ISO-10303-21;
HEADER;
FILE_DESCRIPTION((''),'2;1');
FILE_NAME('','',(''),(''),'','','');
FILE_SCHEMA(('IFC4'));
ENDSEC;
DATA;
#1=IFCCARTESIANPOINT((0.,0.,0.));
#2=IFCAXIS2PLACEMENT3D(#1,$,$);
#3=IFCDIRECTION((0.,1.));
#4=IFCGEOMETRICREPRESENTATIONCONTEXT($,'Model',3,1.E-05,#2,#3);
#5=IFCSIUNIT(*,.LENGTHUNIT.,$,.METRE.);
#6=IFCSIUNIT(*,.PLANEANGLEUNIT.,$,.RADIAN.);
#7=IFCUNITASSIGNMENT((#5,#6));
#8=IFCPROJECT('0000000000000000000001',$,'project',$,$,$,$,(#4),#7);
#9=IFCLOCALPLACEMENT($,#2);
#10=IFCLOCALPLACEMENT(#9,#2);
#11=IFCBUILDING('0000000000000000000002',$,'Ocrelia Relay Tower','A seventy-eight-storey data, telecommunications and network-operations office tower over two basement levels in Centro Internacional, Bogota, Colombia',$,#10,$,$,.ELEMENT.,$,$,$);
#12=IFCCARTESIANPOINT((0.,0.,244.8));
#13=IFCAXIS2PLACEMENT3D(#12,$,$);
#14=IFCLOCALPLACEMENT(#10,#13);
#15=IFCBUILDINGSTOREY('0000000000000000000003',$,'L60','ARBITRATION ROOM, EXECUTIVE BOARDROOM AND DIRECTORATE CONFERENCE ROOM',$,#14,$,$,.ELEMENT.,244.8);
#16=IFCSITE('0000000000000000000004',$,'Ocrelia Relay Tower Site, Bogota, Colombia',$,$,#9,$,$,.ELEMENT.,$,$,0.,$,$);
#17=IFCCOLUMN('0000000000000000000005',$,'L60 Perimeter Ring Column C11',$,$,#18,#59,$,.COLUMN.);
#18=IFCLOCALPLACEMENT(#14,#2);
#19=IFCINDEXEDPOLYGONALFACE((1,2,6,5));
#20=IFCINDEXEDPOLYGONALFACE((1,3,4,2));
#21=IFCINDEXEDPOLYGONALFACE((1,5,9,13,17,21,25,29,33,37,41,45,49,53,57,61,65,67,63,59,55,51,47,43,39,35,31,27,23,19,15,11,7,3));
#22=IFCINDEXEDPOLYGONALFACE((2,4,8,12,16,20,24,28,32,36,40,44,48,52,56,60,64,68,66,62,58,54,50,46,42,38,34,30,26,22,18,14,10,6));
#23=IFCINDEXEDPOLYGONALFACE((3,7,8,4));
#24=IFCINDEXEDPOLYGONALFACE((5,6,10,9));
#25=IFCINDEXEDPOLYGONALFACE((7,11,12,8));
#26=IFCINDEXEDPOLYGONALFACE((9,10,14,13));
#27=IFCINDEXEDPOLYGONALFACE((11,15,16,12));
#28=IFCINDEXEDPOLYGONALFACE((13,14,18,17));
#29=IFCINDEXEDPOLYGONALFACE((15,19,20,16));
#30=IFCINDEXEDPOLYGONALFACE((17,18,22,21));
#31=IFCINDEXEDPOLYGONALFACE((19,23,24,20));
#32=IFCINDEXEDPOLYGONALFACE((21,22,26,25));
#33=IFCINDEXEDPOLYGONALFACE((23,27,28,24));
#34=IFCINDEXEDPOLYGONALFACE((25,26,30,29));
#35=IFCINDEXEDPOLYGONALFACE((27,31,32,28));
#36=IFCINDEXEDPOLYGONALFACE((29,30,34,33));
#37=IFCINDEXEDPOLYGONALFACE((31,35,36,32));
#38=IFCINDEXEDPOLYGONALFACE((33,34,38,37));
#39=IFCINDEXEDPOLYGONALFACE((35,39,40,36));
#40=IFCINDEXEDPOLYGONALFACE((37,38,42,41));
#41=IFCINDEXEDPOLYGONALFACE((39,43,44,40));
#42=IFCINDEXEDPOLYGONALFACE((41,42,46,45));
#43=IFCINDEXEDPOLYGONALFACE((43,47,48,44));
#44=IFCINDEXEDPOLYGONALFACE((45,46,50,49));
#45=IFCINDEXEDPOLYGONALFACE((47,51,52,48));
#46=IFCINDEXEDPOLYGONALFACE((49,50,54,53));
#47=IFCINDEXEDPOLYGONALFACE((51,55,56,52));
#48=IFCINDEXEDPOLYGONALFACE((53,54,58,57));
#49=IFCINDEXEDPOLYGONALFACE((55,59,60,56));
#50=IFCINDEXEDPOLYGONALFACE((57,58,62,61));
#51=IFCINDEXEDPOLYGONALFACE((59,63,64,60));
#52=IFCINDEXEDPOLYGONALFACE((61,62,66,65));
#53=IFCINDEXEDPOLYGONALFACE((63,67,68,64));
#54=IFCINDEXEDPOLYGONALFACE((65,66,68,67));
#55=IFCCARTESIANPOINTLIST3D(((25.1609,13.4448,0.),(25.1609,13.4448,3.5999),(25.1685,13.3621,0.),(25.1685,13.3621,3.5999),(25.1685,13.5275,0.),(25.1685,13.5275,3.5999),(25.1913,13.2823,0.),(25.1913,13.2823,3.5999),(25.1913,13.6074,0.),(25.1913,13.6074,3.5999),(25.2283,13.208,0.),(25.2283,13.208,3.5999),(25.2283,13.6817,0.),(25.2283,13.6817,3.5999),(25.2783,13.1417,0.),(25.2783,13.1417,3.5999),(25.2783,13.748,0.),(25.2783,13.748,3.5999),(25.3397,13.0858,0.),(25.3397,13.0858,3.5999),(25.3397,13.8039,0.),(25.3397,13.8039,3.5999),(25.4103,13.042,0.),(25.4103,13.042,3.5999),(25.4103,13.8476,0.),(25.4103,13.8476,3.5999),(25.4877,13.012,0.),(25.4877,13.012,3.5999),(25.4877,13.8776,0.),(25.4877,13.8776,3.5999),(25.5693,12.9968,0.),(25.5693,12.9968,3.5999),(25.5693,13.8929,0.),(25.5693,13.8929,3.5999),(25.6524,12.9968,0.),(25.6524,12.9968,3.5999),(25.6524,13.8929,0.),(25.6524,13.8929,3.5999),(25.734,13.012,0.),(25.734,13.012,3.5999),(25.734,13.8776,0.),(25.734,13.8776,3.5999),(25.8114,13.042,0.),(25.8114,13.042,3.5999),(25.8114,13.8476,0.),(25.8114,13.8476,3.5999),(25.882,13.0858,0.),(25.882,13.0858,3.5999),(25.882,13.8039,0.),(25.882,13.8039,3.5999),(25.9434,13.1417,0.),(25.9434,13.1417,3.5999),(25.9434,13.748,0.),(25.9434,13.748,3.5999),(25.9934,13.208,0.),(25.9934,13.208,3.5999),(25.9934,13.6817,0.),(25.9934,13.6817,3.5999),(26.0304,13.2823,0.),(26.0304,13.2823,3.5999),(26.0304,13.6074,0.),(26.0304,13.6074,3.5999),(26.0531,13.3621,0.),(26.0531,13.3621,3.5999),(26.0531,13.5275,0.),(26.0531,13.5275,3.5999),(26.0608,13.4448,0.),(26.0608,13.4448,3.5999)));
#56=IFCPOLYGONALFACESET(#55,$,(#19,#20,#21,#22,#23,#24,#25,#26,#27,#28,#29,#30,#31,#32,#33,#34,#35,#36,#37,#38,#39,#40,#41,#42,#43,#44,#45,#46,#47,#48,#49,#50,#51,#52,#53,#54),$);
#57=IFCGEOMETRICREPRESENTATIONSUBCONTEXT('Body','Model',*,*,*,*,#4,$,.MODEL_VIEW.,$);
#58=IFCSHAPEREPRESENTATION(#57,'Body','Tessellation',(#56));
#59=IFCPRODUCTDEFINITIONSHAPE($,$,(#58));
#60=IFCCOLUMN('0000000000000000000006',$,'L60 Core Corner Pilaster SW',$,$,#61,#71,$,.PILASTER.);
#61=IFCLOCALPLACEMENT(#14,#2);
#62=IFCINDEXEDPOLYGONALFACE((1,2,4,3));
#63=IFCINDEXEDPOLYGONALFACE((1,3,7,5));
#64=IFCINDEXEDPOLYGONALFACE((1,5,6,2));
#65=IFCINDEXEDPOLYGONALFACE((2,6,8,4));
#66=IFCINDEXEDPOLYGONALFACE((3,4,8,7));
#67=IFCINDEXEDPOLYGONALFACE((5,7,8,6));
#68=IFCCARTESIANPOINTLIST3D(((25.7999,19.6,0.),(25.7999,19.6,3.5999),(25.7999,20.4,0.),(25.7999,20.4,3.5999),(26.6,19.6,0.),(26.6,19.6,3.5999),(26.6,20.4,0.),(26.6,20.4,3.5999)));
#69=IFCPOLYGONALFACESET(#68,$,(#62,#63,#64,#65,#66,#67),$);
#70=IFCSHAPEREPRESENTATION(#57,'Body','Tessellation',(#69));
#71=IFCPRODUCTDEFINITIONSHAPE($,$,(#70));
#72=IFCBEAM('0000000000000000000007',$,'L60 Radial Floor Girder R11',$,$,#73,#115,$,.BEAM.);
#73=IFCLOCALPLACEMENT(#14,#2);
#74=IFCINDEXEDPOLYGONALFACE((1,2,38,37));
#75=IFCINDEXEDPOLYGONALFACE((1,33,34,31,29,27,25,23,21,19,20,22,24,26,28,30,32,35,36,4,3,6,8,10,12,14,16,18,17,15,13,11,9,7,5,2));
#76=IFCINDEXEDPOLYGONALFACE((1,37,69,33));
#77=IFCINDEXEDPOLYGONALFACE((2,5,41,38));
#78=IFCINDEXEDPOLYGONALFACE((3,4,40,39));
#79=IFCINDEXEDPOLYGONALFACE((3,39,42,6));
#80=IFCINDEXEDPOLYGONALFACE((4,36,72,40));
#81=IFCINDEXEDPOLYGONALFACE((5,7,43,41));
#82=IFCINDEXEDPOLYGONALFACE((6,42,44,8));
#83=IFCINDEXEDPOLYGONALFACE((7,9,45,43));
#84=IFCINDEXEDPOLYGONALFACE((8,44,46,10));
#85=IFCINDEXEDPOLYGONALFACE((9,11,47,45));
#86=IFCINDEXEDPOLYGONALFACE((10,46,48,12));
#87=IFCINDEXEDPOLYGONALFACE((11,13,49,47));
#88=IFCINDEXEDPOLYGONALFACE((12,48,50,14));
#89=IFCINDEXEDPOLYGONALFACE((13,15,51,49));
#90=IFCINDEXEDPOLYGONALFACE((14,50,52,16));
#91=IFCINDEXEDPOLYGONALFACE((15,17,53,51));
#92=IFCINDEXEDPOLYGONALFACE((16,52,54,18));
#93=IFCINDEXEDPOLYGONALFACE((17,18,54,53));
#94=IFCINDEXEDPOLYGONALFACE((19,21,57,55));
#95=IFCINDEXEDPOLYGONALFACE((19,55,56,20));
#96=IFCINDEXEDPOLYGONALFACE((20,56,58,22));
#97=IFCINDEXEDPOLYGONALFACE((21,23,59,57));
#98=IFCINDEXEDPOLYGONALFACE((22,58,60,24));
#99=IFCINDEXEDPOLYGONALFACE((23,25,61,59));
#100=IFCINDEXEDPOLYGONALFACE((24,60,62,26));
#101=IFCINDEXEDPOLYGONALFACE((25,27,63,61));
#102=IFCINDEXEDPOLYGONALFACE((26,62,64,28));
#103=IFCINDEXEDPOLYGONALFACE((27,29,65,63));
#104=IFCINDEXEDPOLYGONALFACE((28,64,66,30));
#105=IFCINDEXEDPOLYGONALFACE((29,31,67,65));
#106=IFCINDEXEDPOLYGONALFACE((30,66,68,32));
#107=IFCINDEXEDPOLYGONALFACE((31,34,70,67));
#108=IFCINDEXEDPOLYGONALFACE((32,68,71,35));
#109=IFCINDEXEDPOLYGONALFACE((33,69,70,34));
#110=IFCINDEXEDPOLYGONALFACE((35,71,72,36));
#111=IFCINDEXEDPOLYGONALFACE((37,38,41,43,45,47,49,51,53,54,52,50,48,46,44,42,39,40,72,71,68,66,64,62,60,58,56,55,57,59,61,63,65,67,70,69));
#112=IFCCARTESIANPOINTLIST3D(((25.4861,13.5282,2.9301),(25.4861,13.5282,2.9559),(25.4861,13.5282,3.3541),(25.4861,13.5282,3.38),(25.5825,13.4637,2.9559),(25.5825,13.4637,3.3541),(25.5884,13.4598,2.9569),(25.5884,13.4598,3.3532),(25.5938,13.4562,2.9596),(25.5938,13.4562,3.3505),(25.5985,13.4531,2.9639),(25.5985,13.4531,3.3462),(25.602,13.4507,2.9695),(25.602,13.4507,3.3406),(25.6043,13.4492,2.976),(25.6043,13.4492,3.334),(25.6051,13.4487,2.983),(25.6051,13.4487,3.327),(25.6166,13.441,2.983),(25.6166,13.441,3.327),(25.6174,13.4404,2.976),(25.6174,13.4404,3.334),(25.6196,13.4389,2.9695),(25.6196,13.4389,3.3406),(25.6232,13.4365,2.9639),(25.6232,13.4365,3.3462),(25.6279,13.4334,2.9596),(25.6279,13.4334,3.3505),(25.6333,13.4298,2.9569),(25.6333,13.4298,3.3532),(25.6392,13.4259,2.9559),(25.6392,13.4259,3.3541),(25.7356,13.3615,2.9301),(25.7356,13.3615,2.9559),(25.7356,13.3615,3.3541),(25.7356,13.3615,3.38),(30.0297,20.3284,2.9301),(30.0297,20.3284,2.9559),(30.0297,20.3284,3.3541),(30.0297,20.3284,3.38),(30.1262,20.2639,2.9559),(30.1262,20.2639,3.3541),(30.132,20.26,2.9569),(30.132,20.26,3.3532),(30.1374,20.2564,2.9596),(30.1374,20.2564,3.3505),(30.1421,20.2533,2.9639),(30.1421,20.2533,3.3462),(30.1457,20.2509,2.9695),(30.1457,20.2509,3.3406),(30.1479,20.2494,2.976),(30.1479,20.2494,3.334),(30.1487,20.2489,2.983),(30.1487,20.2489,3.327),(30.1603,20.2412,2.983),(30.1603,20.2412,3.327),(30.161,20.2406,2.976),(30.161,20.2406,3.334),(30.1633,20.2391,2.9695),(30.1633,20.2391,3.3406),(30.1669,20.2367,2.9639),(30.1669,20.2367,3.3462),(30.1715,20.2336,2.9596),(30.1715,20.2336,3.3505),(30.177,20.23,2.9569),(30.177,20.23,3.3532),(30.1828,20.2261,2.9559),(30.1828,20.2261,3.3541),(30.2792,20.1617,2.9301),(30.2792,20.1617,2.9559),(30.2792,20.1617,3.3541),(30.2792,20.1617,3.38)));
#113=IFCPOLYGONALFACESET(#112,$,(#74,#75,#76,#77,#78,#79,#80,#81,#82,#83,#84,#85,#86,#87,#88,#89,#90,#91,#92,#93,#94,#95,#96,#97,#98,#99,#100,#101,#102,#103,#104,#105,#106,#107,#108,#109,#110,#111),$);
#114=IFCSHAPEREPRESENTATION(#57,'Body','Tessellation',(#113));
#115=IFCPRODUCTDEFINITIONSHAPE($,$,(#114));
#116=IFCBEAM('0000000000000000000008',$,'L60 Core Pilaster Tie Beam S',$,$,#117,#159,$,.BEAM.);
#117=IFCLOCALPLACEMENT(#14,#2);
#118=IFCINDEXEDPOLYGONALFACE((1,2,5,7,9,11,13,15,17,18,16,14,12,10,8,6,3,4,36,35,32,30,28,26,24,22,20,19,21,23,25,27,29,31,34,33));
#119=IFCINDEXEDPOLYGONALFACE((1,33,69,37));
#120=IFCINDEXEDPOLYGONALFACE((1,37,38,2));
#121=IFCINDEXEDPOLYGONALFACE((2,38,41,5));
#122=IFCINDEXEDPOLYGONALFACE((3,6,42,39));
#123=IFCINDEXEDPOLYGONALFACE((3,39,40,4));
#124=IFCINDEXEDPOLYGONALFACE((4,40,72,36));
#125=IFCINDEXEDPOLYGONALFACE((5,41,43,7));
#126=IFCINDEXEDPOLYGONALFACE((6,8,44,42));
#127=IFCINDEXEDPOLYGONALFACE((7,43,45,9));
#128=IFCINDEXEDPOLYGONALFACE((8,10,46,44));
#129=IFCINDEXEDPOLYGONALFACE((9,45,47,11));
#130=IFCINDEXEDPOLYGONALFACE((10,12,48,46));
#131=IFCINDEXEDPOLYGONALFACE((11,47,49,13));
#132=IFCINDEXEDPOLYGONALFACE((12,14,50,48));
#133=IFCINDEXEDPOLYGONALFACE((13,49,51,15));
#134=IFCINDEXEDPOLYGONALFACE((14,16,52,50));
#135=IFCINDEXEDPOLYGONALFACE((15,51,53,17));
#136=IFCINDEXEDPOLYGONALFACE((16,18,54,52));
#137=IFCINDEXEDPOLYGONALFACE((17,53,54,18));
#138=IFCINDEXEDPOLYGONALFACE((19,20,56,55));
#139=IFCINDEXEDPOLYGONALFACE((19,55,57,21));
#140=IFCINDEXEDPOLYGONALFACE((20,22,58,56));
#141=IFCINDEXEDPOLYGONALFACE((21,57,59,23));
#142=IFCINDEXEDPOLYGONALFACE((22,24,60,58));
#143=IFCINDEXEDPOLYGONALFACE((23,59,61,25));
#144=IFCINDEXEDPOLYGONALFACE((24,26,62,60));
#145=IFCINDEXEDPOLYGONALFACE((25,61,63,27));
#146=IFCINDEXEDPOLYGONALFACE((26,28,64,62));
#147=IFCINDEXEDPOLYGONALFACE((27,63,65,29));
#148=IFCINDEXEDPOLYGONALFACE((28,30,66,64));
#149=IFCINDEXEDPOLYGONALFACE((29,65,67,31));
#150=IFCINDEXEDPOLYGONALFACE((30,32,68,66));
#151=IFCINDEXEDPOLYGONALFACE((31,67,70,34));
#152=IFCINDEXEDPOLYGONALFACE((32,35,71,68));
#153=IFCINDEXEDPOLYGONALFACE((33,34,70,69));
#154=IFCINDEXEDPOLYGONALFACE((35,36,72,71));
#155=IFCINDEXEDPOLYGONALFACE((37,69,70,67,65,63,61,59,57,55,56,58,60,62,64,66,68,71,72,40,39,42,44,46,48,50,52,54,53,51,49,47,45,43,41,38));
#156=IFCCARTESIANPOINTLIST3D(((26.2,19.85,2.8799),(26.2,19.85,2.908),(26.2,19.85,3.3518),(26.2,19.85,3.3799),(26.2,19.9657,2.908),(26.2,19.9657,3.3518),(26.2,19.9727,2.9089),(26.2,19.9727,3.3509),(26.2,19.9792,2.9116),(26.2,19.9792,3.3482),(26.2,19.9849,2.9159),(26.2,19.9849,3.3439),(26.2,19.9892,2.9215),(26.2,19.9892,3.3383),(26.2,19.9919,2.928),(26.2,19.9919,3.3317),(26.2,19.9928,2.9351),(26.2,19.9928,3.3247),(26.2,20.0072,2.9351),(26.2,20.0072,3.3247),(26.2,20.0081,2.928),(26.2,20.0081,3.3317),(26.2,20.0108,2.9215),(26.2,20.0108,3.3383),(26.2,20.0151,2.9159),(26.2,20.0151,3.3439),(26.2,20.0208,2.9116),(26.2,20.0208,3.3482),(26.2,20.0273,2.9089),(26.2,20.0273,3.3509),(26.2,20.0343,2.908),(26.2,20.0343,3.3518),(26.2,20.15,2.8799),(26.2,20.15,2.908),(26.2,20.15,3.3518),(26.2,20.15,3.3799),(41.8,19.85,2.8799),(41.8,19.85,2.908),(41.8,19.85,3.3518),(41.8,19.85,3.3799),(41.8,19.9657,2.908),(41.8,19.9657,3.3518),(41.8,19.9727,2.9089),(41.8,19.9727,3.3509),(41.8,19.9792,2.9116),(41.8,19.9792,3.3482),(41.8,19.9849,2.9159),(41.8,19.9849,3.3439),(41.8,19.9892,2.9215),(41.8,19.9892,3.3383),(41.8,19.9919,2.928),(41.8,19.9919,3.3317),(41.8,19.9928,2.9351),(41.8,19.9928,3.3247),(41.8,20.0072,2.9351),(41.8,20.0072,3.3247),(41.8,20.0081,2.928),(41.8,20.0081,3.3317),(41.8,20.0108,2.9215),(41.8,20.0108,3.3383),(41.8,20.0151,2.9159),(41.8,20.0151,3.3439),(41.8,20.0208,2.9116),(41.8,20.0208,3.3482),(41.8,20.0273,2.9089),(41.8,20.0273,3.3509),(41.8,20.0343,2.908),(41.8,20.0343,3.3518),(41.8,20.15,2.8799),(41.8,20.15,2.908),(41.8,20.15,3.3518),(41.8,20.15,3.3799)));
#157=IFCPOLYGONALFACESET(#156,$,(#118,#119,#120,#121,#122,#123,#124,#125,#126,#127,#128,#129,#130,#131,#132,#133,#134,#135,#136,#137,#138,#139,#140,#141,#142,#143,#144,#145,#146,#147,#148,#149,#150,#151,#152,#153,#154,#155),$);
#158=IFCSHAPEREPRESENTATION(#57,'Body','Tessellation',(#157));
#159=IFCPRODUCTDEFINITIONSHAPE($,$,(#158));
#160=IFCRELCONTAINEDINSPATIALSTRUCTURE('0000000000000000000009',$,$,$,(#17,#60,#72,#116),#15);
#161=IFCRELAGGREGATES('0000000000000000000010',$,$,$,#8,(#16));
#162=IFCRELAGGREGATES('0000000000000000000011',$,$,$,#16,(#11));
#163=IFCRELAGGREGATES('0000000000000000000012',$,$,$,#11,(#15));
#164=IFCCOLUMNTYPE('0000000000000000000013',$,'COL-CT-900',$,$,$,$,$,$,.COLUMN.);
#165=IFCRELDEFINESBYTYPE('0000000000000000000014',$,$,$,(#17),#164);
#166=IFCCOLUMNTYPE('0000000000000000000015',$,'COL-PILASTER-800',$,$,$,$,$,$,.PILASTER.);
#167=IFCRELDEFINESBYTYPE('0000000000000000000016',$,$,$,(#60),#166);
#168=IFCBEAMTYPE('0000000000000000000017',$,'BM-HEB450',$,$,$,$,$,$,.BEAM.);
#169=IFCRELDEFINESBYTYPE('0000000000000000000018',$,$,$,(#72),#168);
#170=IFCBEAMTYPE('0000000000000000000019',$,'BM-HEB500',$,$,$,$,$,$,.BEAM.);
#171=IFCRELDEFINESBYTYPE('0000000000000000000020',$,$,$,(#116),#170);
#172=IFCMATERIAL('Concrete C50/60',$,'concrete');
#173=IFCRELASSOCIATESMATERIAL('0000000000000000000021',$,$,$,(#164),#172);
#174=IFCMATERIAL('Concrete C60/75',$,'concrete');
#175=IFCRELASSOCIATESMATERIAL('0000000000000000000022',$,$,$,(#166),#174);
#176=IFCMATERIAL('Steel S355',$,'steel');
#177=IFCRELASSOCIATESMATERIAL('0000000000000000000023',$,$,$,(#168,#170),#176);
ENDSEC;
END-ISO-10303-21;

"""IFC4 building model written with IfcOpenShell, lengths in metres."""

from ifc_helpers import new_model, si_unit, direction, frame, origin, origin_2d, place, context, subcontext, project, spatial, rectangle, circle, i_section, extrude, material, material_profile, profile_set, type_object, element, save


model = new_model("IFC4")

# Units and contexts
model_context = context("Model", 3, precision=1e-05, world=origin(), true_north=direction((0.0, 1.0)))
body_context = subcontext(model_context, "Body", "Model", "MODEL_VIEW")
ifc_project = project(units=[si_unit("LENGTHUNIT", "METRE"), si_unit("PLANEANGLEUNIT", "RADIAN")], contexts=[model_context])

# Site, building, storey
site_placement = place(None, origin())
site = spatial("IfcSite", under=ifc_project, at=site_placement, Name="Ocrelia Relay Tower Site, Bogota, Colombia", CompositionType="ELEMENT", RefElevation=0.0)
building_placement = place(site_placement, origin())
building = spatial("IfcBuilding", under=site, at=building_placement, Name="Ocrelia Relay Tower", Description="A seventy-eight-storey data, telecommunications and network-operations office tower over two basement levels in Centro Internacional, Bogota, Colombia", CompositionType="ELEMENT")
storey_placement = place(building_placement, frame((0.0, 0.0, 244.8)))
storey = spatial("IfcBuildingStorey", under=building, at=storey_placement, Name="L60", Description="ARBITRATION ROOM, EXECUTIVE BOARDROOM AND DIRECTORATE CONFERENCE ROOM", CompositionType="ELEMENT", Elevation=244.8)

# Columns
ifc_material_1 = material(Name="Concrete C50/60", Category="concrete")
ifc_material_profile_1 = material_profile(ifc_material_1, circle(Radius=0.45, at=origin_2d()), Name="RC-CIR-900")
ifc_profile_set_1 = profile_set([ifc_material_profile_1], Name="Concrete C50/60")
column_type_1 = type_object("IfcColumnType", Name="COL-CT-900", PredefinedType="COLUMN", material=ifc_profile_set_1)
column_1_placement = place(storey_placement, frame((25.6108, 13.4448, 0.0), z_axis=(0.0, 0.0, 1.0), x_axis=(1.0, 0.0, 0.0)))
element("IfcColumn", 1, at=column_1_placement, inside=storey, type_object=column_type_1, Name="L60 Perimeter Ring Column C11", PredefinedType="COLUMN", context=body_context, shape_type="SweptSolid", body=[
    extrude(circle(Radius=0.45, at=origin_2d()), origin(), (0.0, 0.0, 1.0), 3.5999),
])
ifc_material_2 = material(Name="Concrete C60/75", Category="concrete")
ifc_material_profile_2 = material_profile(ifc_material_2, rectangle(XDim=0.8, YDim=0.8, at=origin_2d()), Name="RC-COL-800x800")
ifc_profile_set_2 = profile_set([ifc_material_profile_2], Name="Concrete C60/75")
column_type_2 = type_object("IfcColumnType", Name="COL-PILASTER-800", PredefinedType="PILASTER", material=ifc_profile_set_2)
column_2_placement = place(storey_placement, frame((26.2, 20.0, 0.0), z_axis=(0.0, 0.0, 1.0), x_axis=(1.0, 0.0, 0.0)))
element("IfcColumn", 2, at=column_2_placement, inside=storey, type_object=column_type_2, Name="L60 Core Corner Pilaster SW", PredefinedType="PILASTER", context=body_context, shape_type="SweptSolid", body=[
    extrude(rectangle(XDim=0.8, YDim=0.8, at=origin_2d()), origin(), (0.0, 0.0, 1.0), 3.5999),
])

# Beams
ifc_material_3 = material(Name="Steel S355", Category="steel")
ifc_material_profile_3 = material_profile(ifc_material_3, i_section(OverallWidth=0.3, OverallDepth=0.45, WebThickness=0.0139, FlangeThickness=0.0259, FilletRadius=0.0271, at=origin_2d()), Name="HEB 450")
ifc_profile_set_3 = profile_set([ifc_material_profile_3], Name="Steel S355")
beam_type_1 = type_object("IfcBeamType", Name="BM-HEB450", PredefinedType="BEAM", material=ifc_profile_set_3)
beam_1_placement = place(storey_placement, frame((25.6108, 13.4448, 3.155), z_axis=(0.555561, 0.831476, 0.0), x_axis=(-0.831476, 0.555561, 0.0)))
element("IfcBeam", 3, at=beam_1_placement, inside=storey, type_object=beam_type_1, Name="L60 Radial Floor Girder R11", PredefinedType="BEAM", context=body_context, shape_type="SweptSolid", body=[
    extrude(i_section(OverallWidth=0.3, OverallDepth=0.45, WebThickness=0.0139, FlangeThickness=0.0259, FilletRadius=0.0271, at=origin_2d()), origin(), (0.0, 0.0, 1.0), 8.1785),
])
ifc_material_profile_4 = material_profile(ifc_material_3, i_section(OverallWidth=0.3, OverallDepth=0.5, WebThickness=0.0144, FlangeThickness=0.0281, FilletRadius=0.0271, at=origin_2d()), Name="HEB 500")
ifc_profile_set_4 = profile_set([ifc_material_profile_4], Name="Steel S355")
beam_type_2 = type_object("IfcBeamType", Name="BM-HEB500", PredefinedType="BEAM", material=ifc_profile_set_4)
beam_2_placement = place(storey_placement, frame((26.2, 20.0, 3.1299), z_axis=(1.0, 0.0, 0.0), x_axis=(0.0, 1.0, 0.0)))
element("IfcBeam", 4, at=beam_2_placement, inside=storey, type_object=beam_type_2, Name="L60 Core Pilaster Tie Beam S", PredefinedType="BEAM", context=body_context, shape_type="SweptSolid", body=[
    extrude(i_section(OverallWidth=0.3, OverallDepth=0.5, WebThickness=0.0144, FlangeThickness=0.0281, FilletRadius=0.0271, at=origin_2d()), origin(), (0.0, 0.0, 1.0), 15.6001),
])

save(model, "model.ifc")
